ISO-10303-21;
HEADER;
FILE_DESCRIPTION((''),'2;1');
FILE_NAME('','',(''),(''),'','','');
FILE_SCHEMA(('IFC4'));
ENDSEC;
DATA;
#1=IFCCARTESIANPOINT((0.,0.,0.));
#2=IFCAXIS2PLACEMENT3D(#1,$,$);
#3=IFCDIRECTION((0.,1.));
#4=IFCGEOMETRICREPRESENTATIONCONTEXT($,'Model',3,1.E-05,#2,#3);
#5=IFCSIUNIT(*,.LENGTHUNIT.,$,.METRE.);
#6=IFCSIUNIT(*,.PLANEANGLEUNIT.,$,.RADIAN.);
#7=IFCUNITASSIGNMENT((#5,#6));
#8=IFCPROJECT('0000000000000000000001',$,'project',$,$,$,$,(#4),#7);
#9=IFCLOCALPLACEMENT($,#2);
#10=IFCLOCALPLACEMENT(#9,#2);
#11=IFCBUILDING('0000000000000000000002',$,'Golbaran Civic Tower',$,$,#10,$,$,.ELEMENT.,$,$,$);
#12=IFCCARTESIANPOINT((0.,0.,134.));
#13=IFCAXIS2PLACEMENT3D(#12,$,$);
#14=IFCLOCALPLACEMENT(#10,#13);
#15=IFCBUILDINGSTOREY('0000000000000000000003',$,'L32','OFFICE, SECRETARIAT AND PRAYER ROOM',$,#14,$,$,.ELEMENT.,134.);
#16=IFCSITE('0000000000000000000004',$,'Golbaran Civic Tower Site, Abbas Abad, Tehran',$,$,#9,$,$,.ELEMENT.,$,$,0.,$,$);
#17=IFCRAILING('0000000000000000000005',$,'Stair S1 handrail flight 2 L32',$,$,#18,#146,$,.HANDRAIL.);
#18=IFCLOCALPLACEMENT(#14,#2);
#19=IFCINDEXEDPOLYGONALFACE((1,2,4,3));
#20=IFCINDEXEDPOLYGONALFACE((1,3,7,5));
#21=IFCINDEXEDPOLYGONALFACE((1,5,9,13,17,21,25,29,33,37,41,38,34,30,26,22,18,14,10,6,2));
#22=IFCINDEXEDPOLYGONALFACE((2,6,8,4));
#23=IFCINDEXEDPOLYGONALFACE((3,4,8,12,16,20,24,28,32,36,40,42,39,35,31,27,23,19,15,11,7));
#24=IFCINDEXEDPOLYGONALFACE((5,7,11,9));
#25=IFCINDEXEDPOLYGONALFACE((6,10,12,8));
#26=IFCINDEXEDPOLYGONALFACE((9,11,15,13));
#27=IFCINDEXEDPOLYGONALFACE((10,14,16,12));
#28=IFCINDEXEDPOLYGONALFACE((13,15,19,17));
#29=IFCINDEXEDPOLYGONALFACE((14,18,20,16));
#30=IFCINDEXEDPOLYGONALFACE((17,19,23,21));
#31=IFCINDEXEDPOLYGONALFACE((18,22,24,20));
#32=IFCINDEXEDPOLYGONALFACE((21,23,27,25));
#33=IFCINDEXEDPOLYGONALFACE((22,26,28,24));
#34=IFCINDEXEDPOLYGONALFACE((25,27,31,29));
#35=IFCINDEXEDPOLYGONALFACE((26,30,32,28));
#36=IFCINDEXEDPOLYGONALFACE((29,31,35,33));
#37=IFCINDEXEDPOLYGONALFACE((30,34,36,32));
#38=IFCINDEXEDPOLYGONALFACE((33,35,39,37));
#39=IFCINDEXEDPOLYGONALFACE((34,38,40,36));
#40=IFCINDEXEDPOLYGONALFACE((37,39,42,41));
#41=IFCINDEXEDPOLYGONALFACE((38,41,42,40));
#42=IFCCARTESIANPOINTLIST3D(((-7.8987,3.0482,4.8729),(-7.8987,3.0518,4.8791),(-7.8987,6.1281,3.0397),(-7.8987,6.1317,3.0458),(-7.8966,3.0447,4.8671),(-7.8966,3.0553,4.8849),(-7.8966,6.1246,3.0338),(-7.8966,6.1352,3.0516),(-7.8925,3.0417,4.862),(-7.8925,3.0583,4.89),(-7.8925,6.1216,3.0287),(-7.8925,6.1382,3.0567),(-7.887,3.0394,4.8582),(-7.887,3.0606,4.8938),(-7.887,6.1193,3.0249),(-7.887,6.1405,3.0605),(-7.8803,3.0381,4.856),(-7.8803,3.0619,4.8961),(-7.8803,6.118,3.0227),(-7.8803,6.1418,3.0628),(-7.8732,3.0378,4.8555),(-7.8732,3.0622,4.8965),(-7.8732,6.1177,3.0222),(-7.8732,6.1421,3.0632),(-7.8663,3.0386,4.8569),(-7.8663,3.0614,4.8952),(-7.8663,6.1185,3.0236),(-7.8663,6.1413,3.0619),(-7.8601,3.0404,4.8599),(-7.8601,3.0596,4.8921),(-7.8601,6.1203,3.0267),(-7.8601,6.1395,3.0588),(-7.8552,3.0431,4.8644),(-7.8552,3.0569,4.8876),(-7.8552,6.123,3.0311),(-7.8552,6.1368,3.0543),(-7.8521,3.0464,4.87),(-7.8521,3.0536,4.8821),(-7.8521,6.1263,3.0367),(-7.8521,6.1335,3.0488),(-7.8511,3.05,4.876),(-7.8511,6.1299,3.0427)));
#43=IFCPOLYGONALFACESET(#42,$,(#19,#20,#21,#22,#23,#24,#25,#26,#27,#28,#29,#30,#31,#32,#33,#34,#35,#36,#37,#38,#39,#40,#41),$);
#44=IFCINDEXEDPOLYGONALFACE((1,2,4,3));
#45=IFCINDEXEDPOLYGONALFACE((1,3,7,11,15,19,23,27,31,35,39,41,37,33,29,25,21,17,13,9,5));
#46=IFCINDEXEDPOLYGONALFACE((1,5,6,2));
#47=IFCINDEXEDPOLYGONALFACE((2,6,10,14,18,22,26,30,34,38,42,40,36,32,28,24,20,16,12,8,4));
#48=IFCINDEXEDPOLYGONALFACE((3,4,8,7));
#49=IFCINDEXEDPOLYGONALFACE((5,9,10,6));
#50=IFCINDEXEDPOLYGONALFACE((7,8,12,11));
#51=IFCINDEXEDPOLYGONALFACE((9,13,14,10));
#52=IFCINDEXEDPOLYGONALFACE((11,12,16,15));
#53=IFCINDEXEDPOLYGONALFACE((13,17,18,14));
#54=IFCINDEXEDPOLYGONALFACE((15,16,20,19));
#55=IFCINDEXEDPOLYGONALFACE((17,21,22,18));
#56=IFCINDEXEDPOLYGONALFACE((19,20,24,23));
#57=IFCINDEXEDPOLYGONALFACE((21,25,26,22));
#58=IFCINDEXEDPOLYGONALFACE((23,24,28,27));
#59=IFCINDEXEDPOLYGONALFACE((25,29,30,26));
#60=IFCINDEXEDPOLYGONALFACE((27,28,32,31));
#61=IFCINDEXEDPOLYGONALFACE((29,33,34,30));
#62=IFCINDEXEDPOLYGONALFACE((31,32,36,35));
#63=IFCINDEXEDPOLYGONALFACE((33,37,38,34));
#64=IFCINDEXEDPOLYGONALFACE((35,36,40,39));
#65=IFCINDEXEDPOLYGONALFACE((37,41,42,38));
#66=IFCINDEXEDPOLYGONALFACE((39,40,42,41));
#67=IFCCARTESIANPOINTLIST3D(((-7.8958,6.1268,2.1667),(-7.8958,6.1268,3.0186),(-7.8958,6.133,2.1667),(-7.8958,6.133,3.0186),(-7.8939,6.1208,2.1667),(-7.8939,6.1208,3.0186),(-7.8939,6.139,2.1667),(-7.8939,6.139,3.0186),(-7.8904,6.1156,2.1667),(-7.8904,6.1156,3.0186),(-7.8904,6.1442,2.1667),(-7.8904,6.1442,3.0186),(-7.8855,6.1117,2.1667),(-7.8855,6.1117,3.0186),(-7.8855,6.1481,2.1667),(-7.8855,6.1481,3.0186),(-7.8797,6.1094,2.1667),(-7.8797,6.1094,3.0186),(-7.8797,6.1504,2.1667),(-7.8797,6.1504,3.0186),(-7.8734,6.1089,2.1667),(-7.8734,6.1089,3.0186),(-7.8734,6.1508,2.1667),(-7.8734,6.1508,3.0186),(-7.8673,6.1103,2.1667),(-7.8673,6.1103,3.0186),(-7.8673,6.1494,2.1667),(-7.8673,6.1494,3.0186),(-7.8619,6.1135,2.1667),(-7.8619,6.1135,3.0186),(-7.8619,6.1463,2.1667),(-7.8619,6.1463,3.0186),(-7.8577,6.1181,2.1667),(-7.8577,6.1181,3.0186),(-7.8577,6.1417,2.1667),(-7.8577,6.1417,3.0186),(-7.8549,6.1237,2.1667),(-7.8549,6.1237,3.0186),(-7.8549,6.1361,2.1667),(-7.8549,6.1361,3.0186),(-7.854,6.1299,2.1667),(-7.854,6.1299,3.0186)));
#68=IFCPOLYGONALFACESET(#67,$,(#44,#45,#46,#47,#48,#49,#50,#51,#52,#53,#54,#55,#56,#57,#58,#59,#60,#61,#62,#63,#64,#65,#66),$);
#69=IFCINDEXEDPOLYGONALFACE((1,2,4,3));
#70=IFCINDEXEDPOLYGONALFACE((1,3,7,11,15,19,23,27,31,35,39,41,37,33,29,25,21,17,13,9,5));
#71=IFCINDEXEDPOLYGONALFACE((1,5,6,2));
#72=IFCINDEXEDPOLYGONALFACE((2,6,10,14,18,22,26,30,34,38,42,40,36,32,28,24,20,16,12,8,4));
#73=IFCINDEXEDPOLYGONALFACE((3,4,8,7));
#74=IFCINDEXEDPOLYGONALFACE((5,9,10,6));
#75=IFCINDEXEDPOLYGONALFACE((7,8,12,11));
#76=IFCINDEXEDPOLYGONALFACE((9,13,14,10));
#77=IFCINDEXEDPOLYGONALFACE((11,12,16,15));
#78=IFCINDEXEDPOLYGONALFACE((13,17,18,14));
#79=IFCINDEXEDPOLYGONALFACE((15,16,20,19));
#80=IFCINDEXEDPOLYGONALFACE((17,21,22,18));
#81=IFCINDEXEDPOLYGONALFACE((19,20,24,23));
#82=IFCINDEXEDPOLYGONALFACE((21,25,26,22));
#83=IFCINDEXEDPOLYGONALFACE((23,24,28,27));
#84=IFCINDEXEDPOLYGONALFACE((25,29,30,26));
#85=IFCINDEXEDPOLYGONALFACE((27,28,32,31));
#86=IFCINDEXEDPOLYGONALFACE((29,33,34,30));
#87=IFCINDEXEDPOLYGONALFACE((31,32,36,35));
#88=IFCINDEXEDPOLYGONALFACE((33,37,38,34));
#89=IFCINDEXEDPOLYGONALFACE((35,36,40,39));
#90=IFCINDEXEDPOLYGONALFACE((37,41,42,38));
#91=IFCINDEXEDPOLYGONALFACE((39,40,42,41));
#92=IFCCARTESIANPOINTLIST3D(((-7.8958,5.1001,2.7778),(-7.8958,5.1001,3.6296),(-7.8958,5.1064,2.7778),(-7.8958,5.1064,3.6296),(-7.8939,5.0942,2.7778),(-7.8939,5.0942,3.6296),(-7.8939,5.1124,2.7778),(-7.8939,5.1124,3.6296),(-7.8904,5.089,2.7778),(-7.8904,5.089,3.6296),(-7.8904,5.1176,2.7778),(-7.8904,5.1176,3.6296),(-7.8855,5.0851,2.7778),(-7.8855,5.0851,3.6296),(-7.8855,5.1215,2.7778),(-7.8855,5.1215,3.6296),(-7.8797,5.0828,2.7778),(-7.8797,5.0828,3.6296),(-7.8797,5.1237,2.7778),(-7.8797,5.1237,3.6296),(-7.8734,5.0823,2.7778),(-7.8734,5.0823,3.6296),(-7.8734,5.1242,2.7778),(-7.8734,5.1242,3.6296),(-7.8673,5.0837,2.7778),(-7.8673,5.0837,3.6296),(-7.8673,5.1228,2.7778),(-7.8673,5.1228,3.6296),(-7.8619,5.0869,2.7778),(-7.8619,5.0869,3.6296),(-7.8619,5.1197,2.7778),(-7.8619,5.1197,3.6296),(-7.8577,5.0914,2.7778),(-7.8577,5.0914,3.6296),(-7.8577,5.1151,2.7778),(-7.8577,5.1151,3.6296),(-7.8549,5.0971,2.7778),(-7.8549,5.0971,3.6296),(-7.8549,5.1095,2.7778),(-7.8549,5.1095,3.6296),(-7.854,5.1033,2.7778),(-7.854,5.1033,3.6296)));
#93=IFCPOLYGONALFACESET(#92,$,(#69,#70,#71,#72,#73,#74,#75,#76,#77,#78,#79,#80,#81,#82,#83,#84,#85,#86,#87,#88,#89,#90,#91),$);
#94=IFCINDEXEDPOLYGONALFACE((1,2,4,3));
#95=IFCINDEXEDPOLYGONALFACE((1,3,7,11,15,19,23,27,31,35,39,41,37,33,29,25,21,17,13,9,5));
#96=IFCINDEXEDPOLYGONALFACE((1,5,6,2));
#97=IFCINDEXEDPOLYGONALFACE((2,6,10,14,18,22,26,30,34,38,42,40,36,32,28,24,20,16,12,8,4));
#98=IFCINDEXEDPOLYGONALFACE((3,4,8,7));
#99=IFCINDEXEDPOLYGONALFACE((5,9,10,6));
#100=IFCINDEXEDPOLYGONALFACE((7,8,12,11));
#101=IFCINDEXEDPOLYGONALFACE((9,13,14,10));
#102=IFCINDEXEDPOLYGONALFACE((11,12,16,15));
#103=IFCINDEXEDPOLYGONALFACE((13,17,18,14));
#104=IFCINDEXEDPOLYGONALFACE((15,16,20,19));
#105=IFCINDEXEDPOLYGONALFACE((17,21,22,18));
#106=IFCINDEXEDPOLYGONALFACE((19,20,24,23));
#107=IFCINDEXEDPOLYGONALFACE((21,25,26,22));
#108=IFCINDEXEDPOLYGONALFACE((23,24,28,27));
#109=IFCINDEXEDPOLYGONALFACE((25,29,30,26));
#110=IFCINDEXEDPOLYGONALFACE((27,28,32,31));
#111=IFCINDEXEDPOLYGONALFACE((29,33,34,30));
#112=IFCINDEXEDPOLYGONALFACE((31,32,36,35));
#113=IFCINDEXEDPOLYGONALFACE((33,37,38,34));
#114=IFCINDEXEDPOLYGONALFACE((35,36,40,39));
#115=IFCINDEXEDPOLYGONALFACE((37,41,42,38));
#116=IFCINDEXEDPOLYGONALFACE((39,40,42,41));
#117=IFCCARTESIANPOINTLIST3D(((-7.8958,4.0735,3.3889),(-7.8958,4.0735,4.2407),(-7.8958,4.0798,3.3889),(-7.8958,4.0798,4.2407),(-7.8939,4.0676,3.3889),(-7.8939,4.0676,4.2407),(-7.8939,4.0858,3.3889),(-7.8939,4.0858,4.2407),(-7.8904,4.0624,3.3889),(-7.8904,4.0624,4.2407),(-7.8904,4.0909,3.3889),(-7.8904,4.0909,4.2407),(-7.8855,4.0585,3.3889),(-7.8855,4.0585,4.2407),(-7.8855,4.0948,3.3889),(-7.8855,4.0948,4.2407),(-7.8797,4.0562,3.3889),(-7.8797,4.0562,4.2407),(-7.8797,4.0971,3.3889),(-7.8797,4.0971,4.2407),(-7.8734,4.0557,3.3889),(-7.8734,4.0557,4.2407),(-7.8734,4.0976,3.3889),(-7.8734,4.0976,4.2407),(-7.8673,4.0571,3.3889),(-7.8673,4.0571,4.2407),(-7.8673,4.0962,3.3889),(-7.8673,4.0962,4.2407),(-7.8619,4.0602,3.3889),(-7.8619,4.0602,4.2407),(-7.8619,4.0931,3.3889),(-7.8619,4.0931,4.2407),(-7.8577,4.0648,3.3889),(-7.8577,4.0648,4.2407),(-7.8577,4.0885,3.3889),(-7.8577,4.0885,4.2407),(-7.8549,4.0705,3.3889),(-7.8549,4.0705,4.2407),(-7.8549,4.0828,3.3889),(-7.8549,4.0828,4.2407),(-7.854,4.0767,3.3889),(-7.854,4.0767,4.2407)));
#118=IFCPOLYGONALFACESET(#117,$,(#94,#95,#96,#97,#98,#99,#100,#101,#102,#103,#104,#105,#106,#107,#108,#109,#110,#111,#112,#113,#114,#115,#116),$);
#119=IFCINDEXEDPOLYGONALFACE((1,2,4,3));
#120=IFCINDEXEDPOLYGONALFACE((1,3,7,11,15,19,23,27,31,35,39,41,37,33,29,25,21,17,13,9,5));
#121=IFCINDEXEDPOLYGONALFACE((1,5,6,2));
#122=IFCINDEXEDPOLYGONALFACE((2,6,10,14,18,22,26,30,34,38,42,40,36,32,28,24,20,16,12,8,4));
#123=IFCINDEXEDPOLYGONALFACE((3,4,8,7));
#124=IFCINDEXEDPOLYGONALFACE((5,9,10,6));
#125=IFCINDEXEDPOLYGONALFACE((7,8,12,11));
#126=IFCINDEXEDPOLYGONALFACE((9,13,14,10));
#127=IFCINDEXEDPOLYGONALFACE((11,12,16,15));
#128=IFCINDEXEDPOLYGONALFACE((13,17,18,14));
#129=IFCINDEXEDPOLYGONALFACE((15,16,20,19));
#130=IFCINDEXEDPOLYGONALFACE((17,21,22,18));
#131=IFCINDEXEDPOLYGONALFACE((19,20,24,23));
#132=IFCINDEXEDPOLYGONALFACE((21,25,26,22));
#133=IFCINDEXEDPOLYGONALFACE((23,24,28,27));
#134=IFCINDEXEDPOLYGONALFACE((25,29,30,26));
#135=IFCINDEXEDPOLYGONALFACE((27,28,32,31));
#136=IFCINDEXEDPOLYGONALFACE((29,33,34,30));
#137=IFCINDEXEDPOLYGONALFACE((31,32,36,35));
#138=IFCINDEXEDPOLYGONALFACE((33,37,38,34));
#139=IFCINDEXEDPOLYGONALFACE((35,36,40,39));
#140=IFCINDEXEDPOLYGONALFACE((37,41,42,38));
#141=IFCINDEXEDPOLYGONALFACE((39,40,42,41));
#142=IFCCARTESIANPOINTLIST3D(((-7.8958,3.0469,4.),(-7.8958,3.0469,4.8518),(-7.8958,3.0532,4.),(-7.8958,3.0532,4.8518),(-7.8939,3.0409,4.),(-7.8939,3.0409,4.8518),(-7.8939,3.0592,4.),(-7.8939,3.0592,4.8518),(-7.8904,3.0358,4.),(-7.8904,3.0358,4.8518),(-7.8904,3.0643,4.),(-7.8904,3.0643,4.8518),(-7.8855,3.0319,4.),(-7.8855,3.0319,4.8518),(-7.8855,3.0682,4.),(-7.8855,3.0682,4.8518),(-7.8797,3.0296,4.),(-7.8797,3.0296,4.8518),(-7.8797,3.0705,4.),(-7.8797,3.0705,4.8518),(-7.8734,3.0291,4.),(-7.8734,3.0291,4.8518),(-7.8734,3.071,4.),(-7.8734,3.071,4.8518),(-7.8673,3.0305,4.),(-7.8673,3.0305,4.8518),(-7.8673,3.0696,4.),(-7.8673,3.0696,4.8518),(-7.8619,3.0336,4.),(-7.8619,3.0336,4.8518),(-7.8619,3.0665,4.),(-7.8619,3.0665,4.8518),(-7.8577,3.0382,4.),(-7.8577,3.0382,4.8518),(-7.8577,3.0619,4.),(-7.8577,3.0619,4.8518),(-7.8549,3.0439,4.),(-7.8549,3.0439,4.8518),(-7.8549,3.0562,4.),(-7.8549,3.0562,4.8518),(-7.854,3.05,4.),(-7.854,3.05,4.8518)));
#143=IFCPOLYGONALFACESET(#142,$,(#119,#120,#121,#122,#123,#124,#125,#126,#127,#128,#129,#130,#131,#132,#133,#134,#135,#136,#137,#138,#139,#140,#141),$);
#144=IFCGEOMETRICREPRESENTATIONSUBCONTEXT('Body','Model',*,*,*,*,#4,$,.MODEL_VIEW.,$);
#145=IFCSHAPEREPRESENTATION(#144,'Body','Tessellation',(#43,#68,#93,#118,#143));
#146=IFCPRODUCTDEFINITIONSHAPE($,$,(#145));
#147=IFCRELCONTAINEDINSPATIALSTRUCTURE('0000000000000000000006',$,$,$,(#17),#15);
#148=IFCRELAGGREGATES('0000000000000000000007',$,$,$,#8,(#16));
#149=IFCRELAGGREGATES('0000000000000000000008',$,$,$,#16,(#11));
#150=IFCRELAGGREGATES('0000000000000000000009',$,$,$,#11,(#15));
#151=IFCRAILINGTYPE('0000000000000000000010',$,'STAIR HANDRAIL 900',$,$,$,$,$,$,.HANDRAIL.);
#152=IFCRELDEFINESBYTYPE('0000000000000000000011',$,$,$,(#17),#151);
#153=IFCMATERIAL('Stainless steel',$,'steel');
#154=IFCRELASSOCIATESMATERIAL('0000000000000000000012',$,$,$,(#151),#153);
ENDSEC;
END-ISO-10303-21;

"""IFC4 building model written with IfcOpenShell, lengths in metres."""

from ifc_helpers import new_model, si_unit, direction, frame, origin, origin_2d, place, context, subcontext, project, spatial, circle, extrude, material, type_object, element, save


model = new_model("IFC4")

# Units and contexts
model_context = context("Model", 3, precision=1e-05, world=origin(), true_north=direction((0.0, 1.0)))
body_context = subcontext(model_context, "Body", "Model", "MODEL_VIEW")
ifc_project = project(units=[si_unit("LENGTHUNIT", "METRE"), si_unit("PLANEANGLEUNIT", "RADIAN")], contexts=[model_context])

# Site, building, storey
site_placement = place(None, origin())
site = spatial("IfcSite", under=ifc_project, at=site_placement, Name="Golbaran Civic Tower Site, Abbas Abad, Tehran", CompositionType="ELEMENT", RefElevation=0.0)
building_placement = place(site_placement, origin())
building = spatial("IfcBuilding", under=site, at=building_placement, Name="Golbaran Civic Tower", CompositionType="ELEMENT")
storey_placement = place(building_placement, frame((0.0, 0.0, 134.0)))
storey = spatial("IfcBuildingStorey", under=building, at=storey_placement, Name="L32", Description="OFFICE, SECRETARIAT AND PRAYER ROOM", CompositionType="ELEMENT", Elevation=134.0)

# Shared definitions
ifc_material_1 = material(Name="Stainless steel", Category="steel")

# Railing
railing_type = type_object("IfcRailingType", Name="STAIR HANDRAIL 900", PredefinedType="HANDRAIL", material=ifc_material_1)
railing_1_placement = place(storey_placement, frame((-7.875, 6.1299, 2.1667)))
element("IfcRailing", 1, at=railing_1_placement, inside=storey, type_object=railing_type, Name="Stair S1 handrail flight 2 L32", PredefinedType="HANDRAIL", context=body_context, shape_type="SweptSolid", body=[
    extrude(circle(Radius=0.0239, at=origin_2d()), frame((0.0, 0.0, 0.876), z_axis=(0.0, -0.859291, 0.511487), x_axis=(1.0, 0.0, 0.0)), (0.0, 0.0, 1.0), 3.5842),
    extrude(circle(Radius=0.021, at=origin_2d()), origin(), (0.0, 0.0, 1.0), 0.8518),
    extrude(circle(Radius=0.021, at=origin_2d()), frame((0.0, -1.0266, 0.6111)), (0.0, 0.0, 1.0), 0.8518),
    extrude(circle(Radius=0.021, at=origin_2d()), frame((0.0, -2.0532, 1.2222)), (0.0, 0.0, 1.0), 0.8518),
    extrude(circle(Radius=0.021, at=origin_2d()), frame((0.0, -3.0798, 1.8333)), (0.0, 0.0, 1.0), 0.8518),
])

save(model, "model.ifc")
